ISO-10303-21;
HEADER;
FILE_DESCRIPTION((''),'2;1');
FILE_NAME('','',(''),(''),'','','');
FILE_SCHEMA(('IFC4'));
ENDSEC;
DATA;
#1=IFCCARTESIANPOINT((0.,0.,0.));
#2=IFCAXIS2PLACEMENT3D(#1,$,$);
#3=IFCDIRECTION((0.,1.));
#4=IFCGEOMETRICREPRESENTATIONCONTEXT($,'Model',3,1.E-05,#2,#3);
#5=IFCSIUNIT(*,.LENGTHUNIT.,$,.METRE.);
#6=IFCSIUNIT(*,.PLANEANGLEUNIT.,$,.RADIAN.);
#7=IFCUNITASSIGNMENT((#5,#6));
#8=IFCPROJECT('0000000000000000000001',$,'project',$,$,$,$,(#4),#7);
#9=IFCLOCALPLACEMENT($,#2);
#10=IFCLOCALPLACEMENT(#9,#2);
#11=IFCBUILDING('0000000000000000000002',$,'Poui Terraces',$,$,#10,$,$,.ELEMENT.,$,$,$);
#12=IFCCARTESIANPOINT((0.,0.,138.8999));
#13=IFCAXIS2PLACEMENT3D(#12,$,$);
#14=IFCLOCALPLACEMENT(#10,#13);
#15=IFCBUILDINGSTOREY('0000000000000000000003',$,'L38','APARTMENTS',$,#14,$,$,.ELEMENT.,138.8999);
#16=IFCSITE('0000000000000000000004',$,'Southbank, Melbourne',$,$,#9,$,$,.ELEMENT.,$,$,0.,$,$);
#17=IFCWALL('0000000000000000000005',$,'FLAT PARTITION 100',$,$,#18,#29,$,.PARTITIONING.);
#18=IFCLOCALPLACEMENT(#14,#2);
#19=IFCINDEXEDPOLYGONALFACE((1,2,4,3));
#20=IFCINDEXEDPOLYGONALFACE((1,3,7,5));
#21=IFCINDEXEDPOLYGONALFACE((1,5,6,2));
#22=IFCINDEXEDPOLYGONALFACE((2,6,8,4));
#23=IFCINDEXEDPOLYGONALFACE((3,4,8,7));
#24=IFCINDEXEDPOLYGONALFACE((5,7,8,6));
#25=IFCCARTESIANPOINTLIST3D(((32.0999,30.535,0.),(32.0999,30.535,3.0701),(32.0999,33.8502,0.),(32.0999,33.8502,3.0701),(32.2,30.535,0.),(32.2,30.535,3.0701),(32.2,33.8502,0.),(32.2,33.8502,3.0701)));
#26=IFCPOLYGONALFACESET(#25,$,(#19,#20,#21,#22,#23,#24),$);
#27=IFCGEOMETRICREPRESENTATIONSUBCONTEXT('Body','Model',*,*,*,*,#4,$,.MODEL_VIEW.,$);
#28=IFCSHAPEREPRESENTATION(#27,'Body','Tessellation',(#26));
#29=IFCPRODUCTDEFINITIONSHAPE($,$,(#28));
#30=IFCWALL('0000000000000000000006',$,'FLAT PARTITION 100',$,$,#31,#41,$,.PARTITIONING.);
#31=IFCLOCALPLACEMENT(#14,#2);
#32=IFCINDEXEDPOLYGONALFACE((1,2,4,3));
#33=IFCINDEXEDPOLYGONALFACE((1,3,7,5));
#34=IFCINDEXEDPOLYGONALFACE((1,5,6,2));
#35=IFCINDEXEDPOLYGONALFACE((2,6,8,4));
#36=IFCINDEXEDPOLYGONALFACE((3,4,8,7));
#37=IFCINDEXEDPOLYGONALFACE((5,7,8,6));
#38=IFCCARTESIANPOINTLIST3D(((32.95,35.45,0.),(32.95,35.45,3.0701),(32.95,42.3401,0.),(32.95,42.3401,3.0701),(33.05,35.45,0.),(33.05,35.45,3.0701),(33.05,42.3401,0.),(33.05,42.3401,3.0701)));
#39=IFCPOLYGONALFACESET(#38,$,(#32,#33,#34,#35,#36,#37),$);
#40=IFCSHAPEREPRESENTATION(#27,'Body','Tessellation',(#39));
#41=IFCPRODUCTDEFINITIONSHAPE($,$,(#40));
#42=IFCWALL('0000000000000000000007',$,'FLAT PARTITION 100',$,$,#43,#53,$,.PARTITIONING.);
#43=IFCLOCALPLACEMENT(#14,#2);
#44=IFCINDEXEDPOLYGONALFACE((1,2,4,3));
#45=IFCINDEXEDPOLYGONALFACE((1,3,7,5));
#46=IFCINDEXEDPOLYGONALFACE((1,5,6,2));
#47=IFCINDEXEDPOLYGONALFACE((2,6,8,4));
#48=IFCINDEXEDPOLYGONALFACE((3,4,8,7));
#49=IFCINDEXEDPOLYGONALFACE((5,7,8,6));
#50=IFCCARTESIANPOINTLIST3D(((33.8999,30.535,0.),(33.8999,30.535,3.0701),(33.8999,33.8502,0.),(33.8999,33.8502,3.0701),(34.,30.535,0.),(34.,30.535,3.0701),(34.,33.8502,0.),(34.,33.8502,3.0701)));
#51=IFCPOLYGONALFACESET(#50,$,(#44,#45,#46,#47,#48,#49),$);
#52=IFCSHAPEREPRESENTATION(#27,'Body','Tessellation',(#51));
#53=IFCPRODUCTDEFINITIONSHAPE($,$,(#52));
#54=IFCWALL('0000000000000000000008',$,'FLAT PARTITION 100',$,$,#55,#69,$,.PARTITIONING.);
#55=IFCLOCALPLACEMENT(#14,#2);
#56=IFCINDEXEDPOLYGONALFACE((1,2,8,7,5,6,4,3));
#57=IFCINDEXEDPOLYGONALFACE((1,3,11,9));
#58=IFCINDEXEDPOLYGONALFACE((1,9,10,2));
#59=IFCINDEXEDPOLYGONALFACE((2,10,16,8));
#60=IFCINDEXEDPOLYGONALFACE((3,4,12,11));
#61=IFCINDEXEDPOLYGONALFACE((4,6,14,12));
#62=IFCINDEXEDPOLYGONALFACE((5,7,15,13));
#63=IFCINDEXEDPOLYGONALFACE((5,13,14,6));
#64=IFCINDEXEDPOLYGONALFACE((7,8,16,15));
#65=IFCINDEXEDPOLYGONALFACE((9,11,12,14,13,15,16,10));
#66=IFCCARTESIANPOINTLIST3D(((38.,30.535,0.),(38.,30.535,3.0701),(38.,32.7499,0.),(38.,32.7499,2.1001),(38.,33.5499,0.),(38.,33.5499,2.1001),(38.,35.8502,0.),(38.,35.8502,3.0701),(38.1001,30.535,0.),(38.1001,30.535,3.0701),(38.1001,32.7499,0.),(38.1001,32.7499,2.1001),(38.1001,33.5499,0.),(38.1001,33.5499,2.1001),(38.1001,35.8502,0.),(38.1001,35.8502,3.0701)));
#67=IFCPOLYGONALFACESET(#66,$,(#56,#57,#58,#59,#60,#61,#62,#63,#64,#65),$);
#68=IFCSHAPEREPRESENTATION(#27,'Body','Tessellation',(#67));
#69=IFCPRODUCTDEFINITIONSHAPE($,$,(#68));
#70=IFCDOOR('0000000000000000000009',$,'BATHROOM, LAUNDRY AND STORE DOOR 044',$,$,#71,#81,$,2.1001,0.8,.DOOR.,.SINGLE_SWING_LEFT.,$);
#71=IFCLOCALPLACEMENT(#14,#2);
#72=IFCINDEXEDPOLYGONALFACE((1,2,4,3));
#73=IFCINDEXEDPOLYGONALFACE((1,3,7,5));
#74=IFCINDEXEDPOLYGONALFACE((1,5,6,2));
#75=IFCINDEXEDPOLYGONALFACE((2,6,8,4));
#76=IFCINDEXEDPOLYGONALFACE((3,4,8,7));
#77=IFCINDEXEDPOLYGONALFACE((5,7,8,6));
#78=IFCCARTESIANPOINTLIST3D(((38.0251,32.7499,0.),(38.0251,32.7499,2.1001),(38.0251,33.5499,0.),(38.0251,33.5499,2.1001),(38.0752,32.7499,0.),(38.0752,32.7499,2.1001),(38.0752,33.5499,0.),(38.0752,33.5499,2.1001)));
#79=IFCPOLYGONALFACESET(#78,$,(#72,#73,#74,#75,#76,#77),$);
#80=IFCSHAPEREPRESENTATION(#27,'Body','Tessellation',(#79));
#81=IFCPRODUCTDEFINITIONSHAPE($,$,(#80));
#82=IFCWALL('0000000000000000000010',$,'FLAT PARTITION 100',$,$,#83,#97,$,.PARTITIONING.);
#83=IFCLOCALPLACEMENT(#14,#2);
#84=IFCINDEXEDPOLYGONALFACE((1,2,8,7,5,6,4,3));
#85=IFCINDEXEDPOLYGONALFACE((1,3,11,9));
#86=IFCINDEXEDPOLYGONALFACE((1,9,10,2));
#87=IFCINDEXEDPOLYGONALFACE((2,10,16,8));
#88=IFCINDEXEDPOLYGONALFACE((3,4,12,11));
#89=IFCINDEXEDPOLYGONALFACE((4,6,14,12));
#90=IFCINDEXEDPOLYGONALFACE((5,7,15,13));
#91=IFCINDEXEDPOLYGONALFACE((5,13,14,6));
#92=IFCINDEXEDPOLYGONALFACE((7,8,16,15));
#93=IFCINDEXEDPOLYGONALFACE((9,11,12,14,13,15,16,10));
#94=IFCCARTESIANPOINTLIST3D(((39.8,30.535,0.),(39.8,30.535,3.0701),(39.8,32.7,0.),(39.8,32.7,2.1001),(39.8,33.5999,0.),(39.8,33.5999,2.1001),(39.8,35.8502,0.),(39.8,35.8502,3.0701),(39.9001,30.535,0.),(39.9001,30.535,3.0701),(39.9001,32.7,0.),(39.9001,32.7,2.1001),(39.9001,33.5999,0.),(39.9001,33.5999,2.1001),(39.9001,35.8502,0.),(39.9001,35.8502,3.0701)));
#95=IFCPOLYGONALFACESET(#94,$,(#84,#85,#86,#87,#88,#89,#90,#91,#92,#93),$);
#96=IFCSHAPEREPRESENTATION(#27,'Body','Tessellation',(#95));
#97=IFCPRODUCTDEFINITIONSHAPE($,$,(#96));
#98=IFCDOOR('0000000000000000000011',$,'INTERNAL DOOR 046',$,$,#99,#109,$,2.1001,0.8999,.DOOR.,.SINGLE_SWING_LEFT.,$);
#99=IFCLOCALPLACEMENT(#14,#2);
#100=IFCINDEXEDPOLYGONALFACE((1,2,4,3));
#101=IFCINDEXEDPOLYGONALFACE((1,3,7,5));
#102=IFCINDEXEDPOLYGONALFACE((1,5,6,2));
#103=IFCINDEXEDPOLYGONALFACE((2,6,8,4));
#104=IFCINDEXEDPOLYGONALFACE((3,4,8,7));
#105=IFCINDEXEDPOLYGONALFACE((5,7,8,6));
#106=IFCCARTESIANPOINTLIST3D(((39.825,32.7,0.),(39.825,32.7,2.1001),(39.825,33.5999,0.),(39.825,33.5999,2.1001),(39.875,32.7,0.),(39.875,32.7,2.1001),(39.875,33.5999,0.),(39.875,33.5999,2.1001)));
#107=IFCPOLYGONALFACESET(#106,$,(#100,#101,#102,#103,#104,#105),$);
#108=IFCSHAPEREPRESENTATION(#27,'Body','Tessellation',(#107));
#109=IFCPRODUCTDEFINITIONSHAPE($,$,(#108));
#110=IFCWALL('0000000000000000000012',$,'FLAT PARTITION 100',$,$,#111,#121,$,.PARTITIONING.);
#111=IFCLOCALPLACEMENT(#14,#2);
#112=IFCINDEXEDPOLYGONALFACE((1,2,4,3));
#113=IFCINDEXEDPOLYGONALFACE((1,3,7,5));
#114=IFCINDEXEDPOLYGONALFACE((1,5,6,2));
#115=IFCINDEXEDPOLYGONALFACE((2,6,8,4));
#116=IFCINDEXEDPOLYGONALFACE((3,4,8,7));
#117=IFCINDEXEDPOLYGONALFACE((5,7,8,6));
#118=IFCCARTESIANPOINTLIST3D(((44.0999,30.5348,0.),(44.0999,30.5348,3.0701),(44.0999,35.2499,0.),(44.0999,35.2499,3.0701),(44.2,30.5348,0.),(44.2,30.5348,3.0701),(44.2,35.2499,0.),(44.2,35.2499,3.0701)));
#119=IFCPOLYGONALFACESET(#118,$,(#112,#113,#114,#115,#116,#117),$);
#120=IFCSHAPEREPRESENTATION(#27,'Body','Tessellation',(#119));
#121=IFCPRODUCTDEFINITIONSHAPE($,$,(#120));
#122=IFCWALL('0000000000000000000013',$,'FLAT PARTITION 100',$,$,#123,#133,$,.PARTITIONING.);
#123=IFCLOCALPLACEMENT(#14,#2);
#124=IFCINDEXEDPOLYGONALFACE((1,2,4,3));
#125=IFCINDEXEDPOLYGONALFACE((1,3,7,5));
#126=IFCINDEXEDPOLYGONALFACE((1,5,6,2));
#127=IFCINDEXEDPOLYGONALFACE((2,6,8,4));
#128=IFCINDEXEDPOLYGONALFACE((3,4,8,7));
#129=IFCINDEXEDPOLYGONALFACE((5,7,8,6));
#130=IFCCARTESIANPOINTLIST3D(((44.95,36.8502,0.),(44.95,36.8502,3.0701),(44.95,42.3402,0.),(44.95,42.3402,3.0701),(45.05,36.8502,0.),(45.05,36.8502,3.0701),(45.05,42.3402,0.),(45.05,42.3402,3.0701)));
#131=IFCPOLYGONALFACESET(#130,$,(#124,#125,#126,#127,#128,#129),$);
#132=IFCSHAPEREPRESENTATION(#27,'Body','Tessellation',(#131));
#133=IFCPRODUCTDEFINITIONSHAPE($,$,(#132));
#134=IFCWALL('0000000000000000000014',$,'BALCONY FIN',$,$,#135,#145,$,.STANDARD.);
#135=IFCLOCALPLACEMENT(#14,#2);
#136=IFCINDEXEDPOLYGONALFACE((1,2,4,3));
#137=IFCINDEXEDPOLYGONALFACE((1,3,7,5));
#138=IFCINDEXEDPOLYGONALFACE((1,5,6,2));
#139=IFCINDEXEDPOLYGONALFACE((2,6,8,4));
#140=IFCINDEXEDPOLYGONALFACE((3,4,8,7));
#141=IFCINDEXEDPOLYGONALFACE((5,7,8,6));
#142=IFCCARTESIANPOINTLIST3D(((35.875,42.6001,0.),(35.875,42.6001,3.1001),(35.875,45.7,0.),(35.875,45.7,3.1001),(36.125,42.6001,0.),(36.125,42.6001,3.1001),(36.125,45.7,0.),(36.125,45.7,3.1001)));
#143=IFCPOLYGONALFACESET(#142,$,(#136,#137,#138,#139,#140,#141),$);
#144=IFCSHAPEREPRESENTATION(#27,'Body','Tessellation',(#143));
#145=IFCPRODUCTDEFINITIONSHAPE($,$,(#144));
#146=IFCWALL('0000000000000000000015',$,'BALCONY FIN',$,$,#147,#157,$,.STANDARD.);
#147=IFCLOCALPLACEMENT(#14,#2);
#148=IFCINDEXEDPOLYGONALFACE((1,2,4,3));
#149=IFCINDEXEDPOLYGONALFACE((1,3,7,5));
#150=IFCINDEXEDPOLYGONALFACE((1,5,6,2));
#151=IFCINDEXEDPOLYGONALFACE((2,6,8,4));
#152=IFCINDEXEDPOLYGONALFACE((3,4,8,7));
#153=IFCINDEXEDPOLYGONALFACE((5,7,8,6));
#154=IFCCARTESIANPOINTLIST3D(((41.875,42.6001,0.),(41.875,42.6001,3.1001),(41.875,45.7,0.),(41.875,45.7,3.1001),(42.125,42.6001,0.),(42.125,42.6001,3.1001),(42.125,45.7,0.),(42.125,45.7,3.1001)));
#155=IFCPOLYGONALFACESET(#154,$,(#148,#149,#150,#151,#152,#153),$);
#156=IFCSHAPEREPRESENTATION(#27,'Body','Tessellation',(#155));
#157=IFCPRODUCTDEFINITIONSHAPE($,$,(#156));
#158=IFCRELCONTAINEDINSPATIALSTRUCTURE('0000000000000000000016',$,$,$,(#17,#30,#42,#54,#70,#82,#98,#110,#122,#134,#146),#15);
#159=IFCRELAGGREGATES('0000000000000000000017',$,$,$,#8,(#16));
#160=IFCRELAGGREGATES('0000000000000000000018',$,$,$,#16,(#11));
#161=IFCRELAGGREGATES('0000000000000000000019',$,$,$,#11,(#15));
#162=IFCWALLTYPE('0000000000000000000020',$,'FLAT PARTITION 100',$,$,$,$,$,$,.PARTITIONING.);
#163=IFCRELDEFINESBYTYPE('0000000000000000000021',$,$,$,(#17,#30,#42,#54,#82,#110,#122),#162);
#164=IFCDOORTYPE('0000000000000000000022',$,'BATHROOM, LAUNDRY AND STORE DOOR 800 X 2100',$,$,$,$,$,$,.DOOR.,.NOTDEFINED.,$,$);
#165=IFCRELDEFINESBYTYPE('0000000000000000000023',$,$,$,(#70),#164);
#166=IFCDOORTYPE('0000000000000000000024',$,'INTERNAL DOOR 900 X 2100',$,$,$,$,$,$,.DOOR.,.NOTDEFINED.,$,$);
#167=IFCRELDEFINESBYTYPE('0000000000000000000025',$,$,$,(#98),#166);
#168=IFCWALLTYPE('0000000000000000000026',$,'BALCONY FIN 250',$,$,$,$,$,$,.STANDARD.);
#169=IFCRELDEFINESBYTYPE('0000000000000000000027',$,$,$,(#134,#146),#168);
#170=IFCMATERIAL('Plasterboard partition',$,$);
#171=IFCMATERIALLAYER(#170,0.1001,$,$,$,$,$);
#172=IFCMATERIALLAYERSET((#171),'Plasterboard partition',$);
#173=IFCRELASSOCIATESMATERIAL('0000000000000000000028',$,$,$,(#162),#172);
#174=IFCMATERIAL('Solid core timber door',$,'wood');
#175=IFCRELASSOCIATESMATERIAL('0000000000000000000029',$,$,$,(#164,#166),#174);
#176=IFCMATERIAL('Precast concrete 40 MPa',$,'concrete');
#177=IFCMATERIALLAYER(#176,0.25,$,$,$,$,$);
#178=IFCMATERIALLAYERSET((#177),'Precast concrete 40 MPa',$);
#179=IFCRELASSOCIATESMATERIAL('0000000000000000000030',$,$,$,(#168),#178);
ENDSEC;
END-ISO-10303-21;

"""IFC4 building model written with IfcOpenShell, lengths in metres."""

from ifc_helpers import new_model, si_unit, direction, frame, frame_2d, origin, place, context, subcontext, project, spatial, polyline, rectangle, outline, extrude, source, transform, mapped, material, layer, layer_set, type_object, element, fill, save


model = new_model("IFC4")

# Units and contexts
model_context = context("Model", 3, precision=1e-05, world=origin(), true_north=direction((0.0, 1.0)))
body_context = subcontext(model_context, "Body", "Model", "MODEL_VIEW")
ifc_project = project(units=[si_unit("LENGTHUNIT", "METRE"), si_unit("PLANEANGLEUNIT", "RADIAN")], contexts=[model_context])

# Site, building, storey
site_placement = place(None, origin())
site = spatial("IfcSite", under=ifc_project, at=site_placement, Name="Southbank, Melbourne", CompositionType="ELEMENT", RefElevation=0.0)
building_placement = place(site_placement, origin())
building = spatial("IfcBuilding", under=site, at=building_placement, Name="Poui Terraces", CompositionType="ELEMENT")
storey_placement = place(building_placement, frame((0.0, 0.0, 138.8999)))
storey = spatial("IfcBuildingStorey", under=building, at=storey_placement, Name="L38", Description="APARTMENTS", CompositionType="ELEMENT", Elevation=138.8999)

# Shared definitions
ifc_material_1 = material(Name="Plasterboard partition")
ifc_layer_1 = layer(ifc_material_1, 0.1001)
ifc_layer_set_1 = layer_set([ifc_layer_1], Name="Plasterboard partition")
wall_type_1 = type_object("IfcWallType", Name="FLAT PARTITION 100", PredefinedType="PARTITIONING", material=ifc_layer_set_1)
ifc_material_2 = material(Name="Solid core timber door", Category="wood")
door_type_1 = type_object("IfcDoorType", Name="BATHROOM, LAUNDRY AND STORE DOOR 800 X 2100", OperationType="NOTDEFINED", PredefinedType="DOOR", material=ifc_material_2)
door_type_2 = type_object("IfcDoorType", Name="INTERNAL DOOR 900 X 2100", OperationType="NOTDEFINED", PredefinedType="DOOR", material=ifc_material_2)

# Walls
wall_1_placement = place(storey_placement, frame((32.1499, 30.5349, 0.0), z_axis=(0.0, 0.0, 1.0), x_axis=(0.0, 1.0, 0.0)))
element("IfcWall", 1, at=wall_1_placement, inside=storey, type_object=wall_type_1, Name="FLAT PARTITION 100", PredefinedType="PARTITIONING", context=body_context, shape_type="SweptSolid", body=[
    extrude(rectangle(XDim=3.3152, YDim=0.1001, at=frame_2d((1.6577, 0.0))), origin(), (0.0, 0.0, 1.0), 3.0701),
])
wall_2_placement = place(storey_placement, frame((33.0, 35.45, 0.0), z_axis=(0.0, 0.0, 1.0), x_axis=(0.0, 1.0, 0.0)))
element("IfcWall", 2, at=wall_2_placement, inside=storey, type_object=wall_type_1, Name="FLAT PARTITION 100", PredefinedType="PARTITIONING", context=body_context, shape_type="SweptSolid", body=[
    extrude(rectangle(XDim=6.8901, YDim=0.1001, at=frame_2d((3.4451, 0.0))), origin(), (0.0, 0.0, 1.0), 3.0701),
])
wall_3_placement = place(storey_placement, frame((33.95, 30.5349, 0.0), z_axis=(0.0, 0.0, 1.0), x_axis=(0.0, 1.0, 0.0)))
element("IfcWall", 3, at=wall_3_placement, inside=storey, type_object=wall_type_1, Name="FLAT PARTITION 100", PredefinedType="PARTITIONING", context=body_context, shape_type="SweptSolid", body=[
    extrude(rectangle(XDim=3.3152, YDim=0.1001, at=frame_2d((1.6577, 0.0))), origin(), (0.0, 0.0, 1.0), 3.0701),
])

# Walls, openings, doors
wall_4_placement = place(storey_placement, frame((38.05, 30.5349, 0.0), z_axis=(0.0, 0.0, 1.0), x_axis=(0.0, 1.0, 0.0)))
wall_4 = element("IfcWall", 4, at=wall_4_placement, inside=storey, type_object=wall_type_1, Name="FLAT PARTITION 100", PredefinedType="PARTITIONING", context=body_context, shape_type="SweptSolid", body=[
    extrude(rectangle(XDim=5.3152, YDim=0.1001, at=frame_2d((2.6577, 0.0))), origin(), (0.0, 0.0, 1.0), 3.0701),
])
opening_1_placement = place(wall_4_placement, frame((2.2151, 0.0, 0.0)))
opening_1 = element("IfcOpeningElement", 5, at=opening_1_placement, cuts=wall_4, PredefinedType="OPENING", context=body_context, shape_type="SweptSolid", body=[
    extrude(rectangle(XDim=0.8, YDim=2.1001, at=frame_2d((0.3999, 1.05))), frame((0.0, 0.0601, 0.0), z_axis=(0.0, -1.0, 0.0), x_axis=(1.0, 0.0, 0.0)), (0.0, 0.0, 1.0), 0.1201),
])
door_1_placement = place(opening_1_placement, origin())
door_1 = element("IfcDoor", 6, at=door_1_placement, inside=storey, type_object=door_type_1, Name="BATHROOM, LAUNDRY AND STORE DOOR 044", OperationType="SINGLE_SWING_LEFT", OverallHeight=2.1001, OverallWidth=0.8, PredefinedType="DOOR", context=body_context, shape_type="SweptSolid", body=[
    extrude(rectangle(XDim=0.8, YDim=2.1001, at=frame_2d((0.3999, 1.05))), frame((0.0, 0.0249, 0.0), z_axis=(0.0, -1.0, 0.0), x_axis=(1.0, 0.0, 0.0)), (0.0, 0.0, 1.0), 0.05),
])
fill(opening_1, door_1)
wall_5_placement = place(storey_placement, frame((39.8501, 30.5349, 0.0), z_axis=(0.0, 0.0, 1.0), x_axis=(0.0, 1.0, 0.0)))
wall_5 = element("IfcWall", 7, at=wall_5_placement, inside=storey, type_object=wall_type_1, Name="FLAT PARTITION 100", PredefinedType="PARTITIONING", context=body_context, shape_type="SweptSolid", body=[
    extrude(rectangle(XDim=5.3152, YDim=0.1001, at=frame_2d((2.6577, 0.0))), origin(), (0.0, 0.0, 1.0), 3.0701),
])
opening_2_placement = place(wall_5_placement, frame((2.165, 0.0, 0.0)))
opening_2 = element("IfcOpeningElement", 8, at=opening_2_placement, cuts=wall_5, PredefinedType="OPENING", context=body_context, shape_type="SweptSolid", body=[
    extrude(rectangle(XDim=0.8999, YDim=2.1001, at=frame_2d((0.45, 1.05))), frame((0.0, 0.0601, 0.0), z_axis=(0.0, -1.0, 0.0), x_axis=(1.0, 0.0, 0.0)), (0.0, 0.0, 1.0), 0.1201),
])
door_2_placement = place(opening_2_placement, frame((0.8999, 0.0, 0.0), z_axis=(0.0, 0.0, 1.0), x_axis=(-1.0, 0.0, 0.0)))
door_2 = element("IfcDoor", 9, at=door_2_placement, inside=storey, type_object=door_type_2, Name="INTERNAL DOOR 046", OperationType="SINGLE_SWING_LEFT", OverallHeight=2.1001, OverallWidth=0.8999, PredefinedType="DOOR", context=body_context, shape_type="SweptSolid", body=[
    extrude(rectangle(XDim=0.8999, YDim=2.1001, at=frame_2d((0.45, 1.05))), frame((0.0, 0.0249, 0.0), z_axis=(0.0, -1.0, 0.0), x_axis=(1.0, 0.0, 0.0)), (0.0, 0.0, 1.0), 0.05),
])
fill(opening_2, door_2)

# Walls
wall_6_placement = place(storey_placement, frame((44.1499, 30.5349, 0.0), z_axis=(0.0, 0.0, 1.0), x_axis=(0.0, 1.0, 0.0)))
element("IfcWall", 10, at=wall_6_placement, inside=storey, type_object=wall_type_1, Name="FLAT PARTITION 100", PredefinedType="PARTITIONING", context=body_context, shape_type="SweptSolid", body=[
    extrude(rectangle(XDim=4.7151, YDim=0.1001, at=frame_2d((2.3574, 0.0))), origin(), (0.0, 0.0, 1.0), 3.0701),
])
wall_7_placement = place(storey_placement, frame((45.0, 36.8501, 0.0), z_axis=(0.0, 0.0, 1.0), x_axis=(0.0, 1.0, 0.0)))
element("IfcWall", 11, at=wall_7_placement, inside=storey, type_object=wall_type_1, Name="FLAT PARTITION 100", PredefinedType="PARTITIONING", context=body_context, shape_type="SweptSolid", body=[
    extrude(rectangle(XDim=5.49, YDim=0.1001, at=frame_2d((2.7451, 0.0))), origin(), (0.0, 0.0, 1.0), 3.0701),
])
ifc_material_3 = material(Name="Precast concrete 40 MPa", Category="concrete")
ifc_layer_2 = layer(ifc_material_3, 0.25)
ifc_layer_set_2 = layer_set([ifc_layer_2], Name="Precast concrete 40 MPa")
wall_type_2 = type_object("IfcWallType", Name="BALCONY FIN 250", PredefinedType="STANDARD", material=ifc_layer_set_2)
shared_shape_1 = source(origin(), body_context, "Body", "SweptSolid", [
    extrude(outline(polyline([(0.0, 0.0), (0.25, 0.0), (0.25, 3.0999), (0.0, 3.0999), (0.0, 0.0)])), origin(), (0.0, 0.0, 1.0), 3.1001),
])
for number, where, name in (
    (12, (35.875, 42.6001, 0.0), "BALCONY FIN"),
    (13, (41.875, 42.6001, 0.0), "BALCONY FIN"),
):
    element("IfcWall", number, at=place(storey_placement, frame(where)), inside=storey, type_object=wall_type_2, Name=name, PredefinedType="STANDARD", context=body_context, shape_type="MappedRepresentation", body=[
        mapped(shared_shape_1, transform((0.0, 0.0, 0.0))),
    ])

save(model, "model.ifc")
